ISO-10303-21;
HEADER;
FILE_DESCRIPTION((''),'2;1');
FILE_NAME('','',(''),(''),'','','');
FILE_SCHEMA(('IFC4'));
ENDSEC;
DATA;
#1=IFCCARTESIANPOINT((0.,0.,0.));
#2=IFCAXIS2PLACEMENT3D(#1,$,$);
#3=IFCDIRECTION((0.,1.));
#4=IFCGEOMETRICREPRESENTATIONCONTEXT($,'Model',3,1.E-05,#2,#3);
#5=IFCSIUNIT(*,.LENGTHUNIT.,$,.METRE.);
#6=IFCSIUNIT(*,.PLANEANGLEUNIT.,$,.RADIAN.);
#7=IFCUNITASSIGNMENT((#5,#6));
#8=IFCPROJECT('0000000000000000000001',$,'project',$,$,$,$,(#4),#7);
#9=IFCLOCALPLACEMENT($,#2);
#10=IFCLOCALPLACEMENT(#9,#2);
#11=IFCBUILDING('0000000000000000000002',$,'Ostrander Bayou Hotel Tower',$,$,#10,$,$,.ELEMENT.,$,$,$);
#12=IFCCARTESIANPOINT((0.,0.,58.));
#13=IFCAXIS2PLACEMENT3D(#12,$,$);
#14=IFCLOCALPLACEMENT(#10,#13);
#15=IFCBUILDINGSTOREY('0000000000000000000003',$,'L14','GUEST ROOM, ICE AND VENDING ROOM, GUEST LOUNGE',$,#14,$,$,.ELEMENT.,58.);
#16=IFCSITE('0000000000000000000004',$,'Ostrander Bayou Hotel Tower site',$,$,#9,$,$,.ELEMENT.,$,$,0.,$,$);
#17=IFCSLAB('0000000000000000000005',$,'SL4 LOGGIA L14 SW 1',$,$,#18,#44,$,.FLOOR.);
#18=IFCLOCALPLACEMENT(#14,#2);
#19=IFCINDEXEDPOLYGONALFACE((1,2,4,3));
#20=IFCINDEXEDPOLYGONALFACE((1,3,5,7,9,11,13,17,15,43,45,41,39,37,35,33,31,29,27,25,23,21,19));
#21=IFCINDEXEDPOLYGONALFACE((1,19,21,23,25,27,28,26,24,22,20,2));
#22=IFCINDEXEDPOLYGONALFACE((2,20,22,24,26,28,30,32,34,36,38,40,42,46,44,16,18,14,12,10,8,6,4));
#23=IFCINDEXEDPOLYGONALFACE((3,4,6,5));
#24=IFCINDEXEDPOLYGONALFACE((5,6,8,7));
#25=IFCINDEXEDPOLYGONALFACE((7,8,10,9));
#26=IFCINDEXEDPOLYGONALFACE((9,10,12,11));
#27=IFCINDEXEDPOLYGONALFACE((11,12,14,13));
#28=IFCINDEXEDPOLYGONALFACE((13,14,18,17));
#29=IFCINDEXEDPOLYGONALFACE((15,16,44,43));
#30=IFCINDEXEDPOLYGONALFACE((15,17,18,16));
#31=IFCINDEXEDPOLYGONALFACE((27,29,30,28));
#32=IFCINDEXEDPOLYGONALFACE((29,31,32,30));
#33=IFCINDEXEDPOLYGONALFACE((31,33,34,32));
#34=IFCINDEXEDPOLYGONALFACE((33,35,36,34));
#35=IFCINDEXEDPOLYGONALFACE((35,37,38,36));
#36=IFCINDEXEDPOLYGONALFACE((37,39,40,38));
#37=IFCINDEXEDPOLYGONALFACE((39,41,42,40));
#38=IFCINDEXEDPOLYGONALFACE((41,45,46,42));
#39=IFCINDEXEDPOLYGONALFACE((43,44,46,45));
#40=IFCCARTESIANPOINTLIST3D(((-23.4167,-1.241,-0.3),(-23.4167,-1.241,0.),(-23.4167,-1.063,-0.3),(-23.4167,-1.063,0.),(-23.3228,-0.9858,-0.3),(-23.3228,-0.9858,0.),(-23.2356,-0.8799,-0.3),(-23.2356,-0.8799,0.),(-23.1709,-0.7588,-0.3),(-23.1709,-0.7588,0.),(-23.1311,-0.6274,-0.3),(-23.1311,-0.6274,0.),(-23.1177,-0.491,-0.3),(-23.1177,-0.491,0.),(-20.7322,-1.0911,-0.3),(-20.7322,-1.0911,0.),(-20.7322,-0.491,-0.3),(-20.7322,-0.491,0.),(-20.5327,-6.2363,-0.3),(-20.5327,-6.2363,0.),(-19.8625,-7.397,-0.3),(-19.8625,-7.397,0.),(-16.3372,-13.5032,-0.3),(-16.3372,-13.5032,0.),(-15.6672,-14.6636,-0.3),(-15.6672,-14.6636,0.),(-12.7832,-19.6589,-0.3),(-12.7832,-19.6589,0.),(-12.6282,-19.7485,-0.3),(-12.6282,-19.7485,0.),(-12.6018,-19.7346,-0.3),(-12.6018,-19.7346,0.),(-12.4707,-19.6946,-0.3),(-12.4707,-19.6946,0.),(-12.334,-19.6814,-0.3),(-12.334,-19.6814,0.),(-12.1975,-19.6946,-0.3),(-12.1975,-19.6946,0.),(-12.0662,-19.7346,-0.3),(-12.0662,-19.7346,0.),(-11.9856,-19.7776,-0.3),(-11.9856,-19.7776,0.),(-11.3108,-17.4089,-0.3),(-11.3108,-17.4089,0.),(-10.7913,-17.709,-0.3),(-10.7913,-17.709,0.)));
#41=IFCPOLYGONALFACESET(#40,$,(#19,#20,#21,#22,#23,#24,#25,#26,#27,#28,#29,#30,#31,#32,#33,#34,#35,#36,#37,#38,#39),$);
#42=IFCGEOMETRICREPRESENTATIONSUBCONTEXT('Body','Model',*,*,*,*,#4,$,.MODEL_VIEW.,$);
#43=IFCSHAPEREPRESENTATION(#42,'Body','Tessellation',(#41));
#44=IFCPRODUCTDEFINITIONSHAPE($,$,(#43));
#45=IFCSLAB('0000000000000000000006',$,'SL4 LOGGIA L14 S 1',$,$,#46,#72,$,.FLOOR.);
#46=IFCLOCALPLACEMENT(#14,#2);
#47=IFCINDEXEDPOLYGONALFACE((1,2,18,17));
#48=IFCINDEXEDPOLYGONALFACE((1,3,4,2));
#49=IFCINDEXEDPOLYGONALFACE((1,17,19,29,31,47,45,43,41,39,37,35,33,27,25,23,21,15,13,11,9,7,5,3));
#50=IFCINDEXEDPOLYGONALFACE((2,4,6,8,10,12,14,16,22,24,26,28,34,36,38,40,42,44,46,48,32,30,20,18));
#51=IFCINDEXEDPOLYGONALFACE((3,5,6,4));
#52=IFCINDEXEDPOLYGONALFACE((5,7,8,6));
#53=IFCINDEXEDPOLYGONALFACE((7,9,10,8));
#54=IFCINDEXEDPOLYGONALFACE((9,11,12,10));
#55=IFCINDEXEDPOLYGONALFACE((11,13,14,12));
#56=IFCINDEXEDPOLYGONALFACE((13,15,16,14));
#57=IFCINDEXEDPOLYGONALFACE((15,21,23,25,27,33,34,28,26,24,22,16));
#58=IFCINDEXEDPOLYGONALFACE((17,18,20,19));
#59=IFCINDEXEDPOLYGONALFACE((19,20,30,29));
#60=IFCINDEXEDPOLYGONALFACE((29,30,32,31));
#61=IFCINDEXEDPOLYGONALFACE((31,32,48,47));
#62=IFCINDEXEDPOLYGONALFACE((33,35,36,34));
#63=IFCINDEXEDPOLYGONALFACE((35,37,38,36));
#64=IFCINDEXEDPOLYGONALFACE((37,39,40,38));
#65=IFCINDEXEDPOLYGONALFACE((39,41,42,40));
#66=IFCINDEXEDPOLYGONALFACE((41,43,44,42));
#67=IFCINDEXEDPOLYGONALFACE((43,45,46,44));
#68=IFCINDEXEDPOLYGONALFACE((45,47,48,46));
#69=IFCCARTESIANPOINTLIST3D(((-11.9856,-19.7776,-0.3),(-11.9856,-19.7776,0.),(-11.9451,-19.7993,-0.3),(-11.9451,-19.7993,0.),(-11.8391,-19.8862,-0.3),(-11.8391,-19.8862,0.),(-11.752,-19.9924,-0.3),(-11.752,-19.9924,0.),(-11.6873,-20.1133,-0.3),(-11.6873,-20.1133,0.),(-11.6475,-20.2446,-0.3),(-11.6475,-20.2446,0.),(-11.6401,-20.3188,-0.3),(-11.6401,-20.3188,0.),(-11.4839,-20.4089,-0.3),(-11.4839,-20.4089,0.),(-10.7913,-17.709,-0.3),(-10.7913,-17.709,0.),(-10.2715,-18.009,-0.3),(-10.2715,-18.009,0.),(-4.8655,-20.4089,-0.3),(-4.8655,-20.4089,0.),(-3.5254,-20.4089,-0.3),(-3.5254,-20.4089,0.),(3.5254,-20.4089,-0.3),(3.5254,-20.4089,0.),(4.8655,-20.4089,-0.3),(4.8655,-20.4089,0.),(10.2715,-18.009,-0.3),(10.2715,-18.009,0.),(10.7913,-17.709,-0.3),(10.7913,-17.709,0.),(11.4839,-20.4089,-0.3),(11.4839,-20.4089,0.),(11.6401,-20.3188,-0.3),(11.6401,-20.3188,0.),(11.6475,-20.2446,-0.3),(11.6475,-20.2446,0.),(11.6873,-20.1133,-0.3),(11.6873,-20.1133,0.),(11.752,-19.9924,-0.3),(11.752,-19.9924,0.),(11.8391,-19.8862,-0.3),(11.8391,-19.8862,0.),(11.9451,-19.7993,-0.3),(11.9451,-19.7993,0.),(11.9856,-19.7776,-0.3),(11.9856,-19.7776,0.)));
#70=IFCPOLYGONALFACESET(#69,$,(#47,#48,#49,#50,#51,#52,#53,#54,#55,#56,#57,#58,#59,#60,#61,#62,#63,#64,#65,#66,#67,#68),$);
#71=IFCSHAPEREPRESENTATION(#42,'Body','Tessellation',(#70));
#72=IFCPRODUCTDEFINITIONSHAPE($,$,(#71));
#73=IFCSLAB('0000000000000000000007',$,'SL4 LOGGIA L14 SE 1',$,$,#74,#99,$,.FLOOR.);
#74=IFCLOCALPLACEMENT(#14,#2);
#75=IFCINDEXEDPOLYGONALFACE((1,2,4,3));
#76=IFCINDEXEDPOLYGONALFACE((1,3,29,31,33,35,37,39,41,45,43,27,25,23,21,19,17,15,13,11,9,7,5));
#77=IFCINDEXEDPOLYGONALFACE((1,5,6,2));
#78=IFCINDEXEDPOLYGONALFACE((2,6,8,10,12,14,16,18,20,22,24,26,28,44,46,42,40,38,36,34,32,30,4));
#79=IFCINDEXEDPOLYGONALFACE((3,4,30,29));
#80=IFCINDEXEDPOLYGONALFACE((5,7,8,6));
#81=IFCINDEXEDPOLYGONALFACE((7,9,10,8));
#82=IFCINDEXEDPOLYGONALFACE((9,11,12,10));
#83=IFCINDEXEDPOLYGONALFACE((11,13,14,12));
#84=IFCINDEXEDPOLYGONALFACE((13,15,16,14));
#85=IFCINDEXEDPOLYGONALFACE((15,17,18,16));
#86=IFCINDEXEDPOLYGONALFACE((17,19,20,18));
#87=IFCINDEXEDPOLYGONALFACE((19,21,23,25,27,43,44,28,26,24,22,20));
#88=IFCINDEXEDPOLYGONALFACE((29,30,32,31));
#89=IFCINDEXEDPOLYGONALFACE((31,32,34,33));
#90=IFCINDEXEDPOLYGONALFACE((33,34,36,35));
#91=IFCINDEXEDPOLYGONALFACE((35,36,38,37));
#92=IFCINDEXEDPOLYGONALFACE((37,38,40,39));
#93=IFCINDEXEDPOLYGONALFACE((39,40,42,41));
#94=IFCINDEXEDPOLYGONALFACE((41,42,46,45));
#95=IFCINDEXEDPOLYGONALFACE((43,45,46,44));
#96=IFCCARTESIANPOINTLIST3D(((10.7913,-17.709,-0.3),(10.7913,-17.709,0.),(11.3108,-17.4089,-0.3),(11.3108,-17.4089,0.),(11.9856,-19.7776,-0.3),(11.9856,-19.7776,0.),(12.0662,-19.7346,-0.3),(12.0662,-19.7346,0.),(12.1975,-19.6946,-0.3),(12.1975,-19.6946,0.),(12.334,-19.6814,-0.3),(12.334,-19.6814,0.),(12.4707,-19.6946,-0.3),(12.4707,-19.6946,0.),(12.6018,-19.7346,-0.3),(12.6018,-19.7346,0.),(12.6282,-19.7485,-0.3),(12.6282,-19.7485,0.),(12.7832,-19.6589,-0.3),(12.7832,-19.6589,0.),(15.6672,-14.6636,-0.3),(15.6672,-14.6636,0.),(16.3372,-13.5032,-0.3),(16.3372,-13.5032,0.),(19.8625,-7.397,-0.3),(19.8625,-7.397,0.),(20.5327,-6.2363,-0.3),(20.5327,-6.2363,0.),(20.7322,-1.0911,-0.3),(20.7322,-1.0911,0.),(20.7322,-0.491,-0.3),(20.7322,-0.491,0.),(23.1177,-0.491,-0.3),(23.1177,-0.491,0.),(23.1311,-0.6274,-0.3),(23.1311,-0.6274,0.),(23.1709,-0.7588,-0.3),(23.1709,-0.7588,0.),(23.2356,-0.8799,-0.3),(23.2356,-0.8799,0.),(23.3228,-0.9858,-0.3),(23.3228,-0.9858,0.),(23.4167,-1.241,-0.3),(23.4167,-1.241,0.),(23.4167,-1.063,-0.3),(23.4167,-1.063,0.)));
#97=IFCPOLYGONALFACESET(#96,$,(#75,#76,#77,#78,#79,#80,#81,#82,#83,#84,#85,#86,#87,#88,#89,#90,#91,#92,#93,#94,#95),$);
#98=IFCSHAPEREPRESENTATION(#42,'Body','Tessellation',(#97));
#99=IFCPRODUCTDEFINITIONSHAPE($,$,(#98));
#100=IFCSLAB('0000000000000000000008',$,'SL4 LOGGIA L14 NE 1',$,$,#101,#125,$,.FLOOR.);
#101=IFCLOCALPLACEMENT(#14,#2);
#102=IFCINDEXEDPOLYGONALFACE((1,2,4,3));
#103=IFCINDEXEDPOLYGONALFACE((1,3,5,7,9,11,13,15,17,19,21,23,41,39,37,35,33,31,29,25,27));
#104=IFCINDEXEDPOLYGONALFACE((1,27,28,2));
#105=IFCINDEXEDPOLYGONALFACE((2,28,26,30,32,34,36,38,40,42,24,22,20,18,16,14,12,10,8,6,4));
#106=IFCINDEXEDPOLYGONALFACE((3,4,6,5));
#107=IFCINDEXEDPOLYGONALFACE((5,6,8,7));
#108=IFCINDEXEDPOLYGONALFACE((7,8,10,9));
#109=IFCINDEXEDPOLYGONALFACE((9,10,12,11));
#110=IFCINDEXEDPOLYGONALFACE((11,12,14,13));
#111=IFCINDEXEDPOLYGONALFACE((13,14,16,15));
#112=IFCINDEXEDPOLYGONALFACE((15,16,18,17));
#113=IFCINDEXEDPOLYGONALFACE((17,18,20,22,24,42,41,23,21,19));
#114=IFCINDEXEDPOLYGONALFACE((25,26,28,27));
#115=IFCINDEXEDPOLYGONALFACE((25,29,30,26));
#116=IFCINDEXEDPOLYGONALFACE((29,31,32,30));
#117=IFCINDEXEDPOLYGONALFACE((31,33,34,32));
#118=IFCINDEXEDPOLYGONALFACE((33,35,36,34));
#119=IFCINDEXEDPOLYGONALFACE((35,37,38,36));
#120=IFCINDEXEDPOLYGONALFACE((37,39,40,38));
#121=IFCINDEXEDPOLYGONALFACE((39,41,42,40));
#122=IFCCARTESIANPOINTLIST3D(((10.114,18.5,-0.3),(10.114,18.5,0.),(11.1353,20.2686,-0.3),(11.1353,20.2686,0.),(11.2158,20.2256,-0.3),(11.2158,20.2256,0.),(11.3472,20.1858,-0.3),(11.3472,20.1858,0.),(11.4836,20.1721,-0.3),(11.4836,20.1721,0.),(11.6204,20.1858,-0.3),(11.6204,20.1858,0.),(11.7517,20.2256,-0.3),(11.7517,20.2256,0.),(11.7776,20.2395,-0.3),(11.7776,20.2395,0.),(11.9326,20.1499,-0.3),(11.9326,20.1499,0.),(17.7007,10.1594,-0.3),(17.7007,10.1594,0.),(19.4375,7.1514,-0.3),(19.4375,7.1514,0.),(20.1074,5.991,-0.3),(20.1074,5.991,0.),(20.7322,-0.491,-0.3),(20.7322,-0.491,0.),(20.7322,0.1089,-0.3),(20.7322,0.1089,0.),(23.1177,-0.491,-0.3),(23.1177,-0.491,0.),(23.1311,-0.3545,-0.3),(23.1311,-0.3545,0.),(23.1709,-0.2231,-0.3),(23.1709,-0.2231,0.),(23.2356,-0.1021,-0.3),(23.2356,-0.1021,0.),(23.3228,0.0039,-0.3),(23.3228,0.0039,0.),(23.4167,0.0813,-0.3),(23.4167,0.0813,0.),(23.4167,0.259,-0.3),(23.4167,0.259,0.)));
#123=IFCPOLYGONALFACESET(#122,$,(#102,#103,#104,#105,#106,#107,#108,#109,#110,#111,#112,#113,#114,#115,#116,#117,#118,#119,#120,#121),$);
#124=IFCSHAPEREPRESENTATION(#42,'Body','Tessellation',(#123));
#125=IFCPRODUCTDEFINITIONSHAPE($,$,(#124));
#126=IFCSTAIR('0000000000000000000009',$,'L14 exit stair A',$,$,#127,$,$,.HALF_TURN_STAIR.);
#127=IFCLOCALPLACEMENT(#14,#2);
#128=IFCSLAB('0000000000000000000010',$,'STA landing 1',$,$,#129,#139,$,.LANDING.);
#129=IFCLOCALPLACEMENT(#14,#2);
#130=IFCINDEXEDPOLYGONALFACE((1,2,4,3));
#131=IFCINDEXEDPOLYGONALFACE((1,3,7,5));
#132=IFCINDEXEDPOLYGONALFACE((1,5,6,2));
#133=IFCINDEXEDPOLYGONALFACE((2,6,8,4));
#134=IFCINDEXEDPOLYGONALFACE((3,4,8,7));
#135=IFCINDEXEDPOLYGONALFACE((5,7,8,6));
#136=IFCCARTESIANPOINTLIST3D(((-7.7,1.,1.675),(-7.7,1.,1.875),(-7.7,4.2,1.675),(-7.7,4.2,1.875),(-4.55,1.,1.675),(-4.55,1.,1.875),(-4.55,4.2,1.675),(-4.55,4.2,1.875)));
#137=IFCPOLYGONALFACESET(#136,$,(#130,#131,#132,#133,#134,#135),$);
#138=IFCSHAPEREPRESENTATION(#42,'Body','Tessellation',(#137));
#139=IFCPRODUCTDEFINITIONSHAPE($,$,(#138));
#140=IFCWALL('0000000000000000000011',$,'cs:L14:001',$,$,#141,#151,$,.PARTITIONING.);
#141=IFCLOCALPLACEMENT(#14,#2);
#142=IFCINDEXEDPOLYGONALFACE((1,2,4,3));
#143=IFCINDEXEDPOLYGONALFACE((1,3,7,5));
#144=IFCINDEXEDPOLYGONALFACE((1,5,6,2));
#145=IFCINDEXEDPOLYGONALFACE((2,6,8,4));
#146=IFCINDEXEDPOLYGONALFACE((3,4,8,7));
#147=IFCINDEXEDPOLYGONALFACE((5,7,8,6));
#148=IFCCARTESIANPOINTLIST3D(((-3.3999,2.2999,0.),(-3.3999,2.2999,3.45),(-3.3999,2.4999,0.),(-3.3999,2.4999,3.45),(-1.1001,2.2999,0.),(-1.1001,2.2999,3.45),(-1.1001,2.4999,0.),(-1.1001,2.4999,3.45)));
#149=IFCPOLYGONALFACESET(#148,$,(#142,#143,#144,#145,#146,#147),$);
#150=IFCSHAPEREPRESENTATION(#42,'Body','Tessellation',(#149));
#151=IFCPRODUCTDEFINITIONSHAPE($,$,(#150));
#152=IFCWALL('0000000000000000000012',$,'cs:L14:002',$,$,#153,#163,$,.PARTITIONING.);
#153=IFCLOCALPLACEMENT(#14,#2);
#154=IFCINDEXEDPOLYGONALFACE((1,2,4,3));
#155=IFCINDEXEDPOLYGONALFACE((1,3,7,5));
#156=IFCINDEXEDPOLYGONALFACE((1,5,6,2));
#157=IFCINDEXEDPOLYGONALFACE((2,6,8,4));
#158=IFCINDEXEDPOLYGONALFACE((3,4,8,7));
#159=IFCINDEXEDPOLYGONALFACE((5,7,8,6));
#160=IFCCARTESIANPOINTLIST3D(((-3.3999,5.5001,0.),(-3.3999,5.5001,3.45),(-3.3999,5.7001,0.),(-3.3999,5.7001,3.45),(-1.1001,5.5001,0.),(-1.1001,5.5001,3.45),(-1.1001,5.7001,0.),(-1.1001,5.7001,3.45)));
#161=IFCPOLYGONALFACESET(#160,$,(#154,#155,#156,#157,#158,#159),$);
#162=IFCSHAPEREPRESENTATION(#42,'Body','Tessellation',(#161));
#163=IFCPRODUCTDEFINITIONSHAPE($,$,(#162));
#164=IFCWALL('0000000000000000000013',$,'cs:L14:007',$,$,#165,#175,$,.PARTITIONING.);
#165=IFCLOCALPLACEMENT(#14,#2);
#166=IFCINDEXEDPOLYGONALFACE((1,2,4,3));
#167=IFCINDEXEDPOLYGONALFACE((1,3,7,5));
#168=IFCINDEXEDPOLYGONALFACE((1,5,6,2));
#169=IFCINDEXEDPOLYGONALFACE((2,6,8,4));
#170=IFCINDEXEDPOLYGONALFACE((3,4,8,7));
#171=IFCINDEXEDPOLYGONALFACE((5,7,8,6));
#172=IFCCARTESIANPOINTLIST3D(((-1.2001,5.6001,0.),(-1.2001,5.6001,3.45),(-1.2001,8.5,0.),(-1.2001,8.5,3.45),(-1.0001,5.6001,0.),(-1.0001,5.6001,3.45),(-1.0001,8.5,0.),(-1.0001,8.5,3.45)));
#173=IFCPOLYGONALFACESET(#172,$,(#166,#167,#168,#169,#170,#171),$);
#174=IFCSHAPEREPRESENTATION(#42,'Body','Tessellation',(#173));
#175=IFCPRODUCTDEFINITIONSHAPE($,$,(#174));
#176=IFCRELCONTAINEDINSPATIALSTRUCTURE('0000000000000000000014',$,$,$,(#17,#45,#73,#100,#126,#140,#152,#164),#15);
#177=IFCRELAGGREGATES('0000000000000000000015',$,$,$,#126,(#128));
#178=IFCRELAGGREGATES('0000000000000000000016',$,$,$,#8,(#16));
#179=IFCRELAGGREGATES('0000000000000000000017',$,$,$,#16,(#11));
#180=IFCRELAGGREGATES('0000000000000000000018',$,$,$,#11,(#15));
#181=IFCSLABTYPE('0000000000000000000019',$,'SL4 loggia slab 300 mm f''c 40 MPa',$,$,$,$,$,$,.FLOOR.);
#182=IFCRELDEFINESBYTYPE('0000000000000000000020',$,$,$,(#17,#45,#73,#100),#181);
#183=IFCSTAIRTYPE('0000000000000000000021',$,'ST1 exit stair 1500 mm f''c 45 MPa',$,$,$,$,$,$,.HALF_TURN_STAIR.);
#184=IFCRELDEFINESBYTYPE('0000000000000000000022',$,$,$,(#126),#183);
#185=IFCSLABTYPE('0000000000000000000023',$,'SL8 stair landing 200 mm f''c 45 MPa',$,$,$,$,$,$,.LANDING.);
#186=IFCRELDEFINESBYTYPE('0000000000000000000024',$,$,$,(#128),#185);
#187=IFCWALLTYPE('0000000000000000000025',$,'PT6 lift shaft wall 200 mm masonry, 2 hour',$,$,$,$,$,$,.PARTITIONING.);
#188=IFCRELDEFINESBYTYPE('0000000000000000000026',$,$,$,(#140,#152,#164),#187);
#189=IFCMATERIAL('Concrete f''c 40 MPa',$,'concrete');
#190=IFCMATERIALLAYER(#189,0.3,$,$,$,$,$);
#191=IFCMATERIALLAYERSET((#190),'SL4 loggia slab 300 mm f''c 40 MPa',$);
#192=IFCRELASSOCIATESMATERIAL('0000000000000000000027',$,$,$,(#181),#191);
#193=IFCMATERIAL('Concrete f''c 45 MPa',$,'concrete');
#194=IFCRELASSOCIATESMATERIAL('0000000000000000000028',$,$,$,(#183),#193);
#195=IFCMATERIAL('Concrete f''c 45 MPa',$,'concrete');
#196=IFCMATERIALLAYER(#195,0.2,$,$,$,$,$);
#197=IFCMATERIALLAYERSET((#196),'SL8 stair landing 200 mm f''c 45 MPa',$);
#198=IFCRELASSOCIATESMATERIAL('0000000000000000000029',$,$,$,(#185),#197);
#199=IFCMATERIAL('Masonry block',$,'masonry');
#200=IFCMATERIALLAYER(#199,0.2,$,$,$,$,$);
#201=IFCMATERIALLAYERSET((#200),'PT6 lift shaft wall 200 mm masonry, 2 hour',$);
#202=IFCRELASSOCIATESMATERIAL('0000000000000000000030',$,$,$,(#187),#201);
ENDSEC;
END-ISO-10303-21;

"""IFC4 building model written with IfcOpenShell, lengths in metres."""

from ifc_helpers import new_model, si_unit, direction, frame, frame_2d, origin, place, context, subcontext, project, spatial, polyline, rectangle, outline, extrude, material, layer, layer_set, type_object, element, aggregate, save


model = new_model("IFC4")

# Units and contexts
model_context = context("Model", 3, precision=1e-05, world=origin(), true_north=direction((0.0, 1.0)))
body_context = subcontext(model_context, "Body", "Model", "MODEL_VIEW")
ifc_project = project(units=[si_unit("LENGTHUNIT", "METRE"), si_unit("PLANEANGLEUNIT", "RADIAN")], contexts=[model_context])

# Site, building, storey
site_placement = place(None, origin())
site = spatial("IfcSite", under=ifc_project, at=site_placement, Name="Ostrander Bayou Hotel Tower site", CompositionType="ELEMENT", RefElevation=0.0)
building_placement = place(site_placement, origin())
building = spatial("IfcBuilding", under=site, at=building_placement, Name="Ostrander Bayou Hotel Tower", CompositionType="ELEMENT")
storey_placement = place(building_placement, frame((0.0, 0.0, 58.0)))
storey = spatial("IfcBuildingStorey", under=building, at=storey_placement, Name="L14", Description="GUEST ROOM, ICE AND VENDING ROOM, GUEST LOUNGE", CompositionType="ELEMENT", Elevation=58.0)

# Slabs
ifc_material_1 = material(Name="Concrete f'c 40 MPa", Category="concrete")
ifc_layer_1 = layer(ifc_material_1, 0.3)
ifc_layer_set_1 = layer_set([ifc_layer_1], Name="SL4 loggia slab 300 mm f'c 40 MPa")
slab_type_1 = type_object("IfcSlabType", Name="SL4 loggia slab 300 mm f'c 40 MPa", PredefinedType="FLOOR", material=ifc_layer_set_1)
slab_1_placement = place(storey_placement, frame((0.0, 0.0, -0.3)))
element("IfcSlab", 1, at=slab_1_placement, inside=storey, type_object=slab_type_1, Name="SL4 LOGGIA L14 SW 1", PredefinedType="FLOOR", context=body_context, shape_type="SweptSolid", body=[
    extrude(outline(polyline([(-10.7913, -17.709), (-11.9856, -19.7776), (-12.0662, -19.7346), (-12.1975, -19.6946), (-12.334, -19.6814), (-12.4707, -19.6946), (-12.6018, -19.7346), (-12.6282, -19.7485), (-12.7832, -19.6589), (-15.6672, -14.6636), (-16.3372, -13.5032), (-19.8625, -7.397), (-20.5327, -6.2363), (-23.4167, -1.241), (-23.4167, -1.063), (-23.3228, -0.9858), (-23.2356, -0.8799), (-23.1709, -0.7588), (-23.1311, -0.6274), (-23.1177, -0.491), (-20.7322, -0.491), (-20.7322, -1.0911), (-11.3108, -17.4089), (-10.7913, -17.709)])), origin(), (0.0, 0.0, 1.0), 0.3),
])
slab_2_placement = place(storey_placement, frame((0.0, 0.0, -0.3)))
element("IfcSlab", 2, at=slab_2_placement, inside=storey, type_object=slab_type_1, Name="SL4 LOGGIA L14 S 1", PredefinedType="FLOOR", context=body_context, shape_type="SweptSolid", body=[
    extrude(outline(polyline([(10.7913, -17.709), (11.9856, -19.7776), (11.9451, -19.7993), (11.8391, -19.8862), (11.752, -19.9924), (11.6873, -20.1133), (11.6475, -20.2446), (11.6401, -20.3188), (11.4839, -20.4089), (4.8655, -20.4089), (3.5254, -20.4089), (-3.5254, -20.4089), (-4.8655, -20.4089), (-11.4839, -20.4089), (-11.6401, -20.3188), (-11.6475, -20.2446), (-11.6873, -20.1133), (-11.752, -19.9924), (-11.8391, -19.8862), (-11.9451, -19.7993), (-11.9856, -19.7776), (-10.7913, -17.709), (-10.2715, -18.009), (10.2715, -18.009), (10.7913, -17.709)])), origin(), (0.0, 0.0, 1.0), 0.3),
])
slab_3_placement = place(storey_placement, frame((0.0, 0.0, -0.3)))
element("IfcSlab", 3, at=slab_3_placement, inside=storey, type_object=slab_type_1, Name="SL4 LOGGIA L14 SE 1", PredefinedType="FLOOR", context=body_context, shape_type="SweptSolid", body=[
    extrude(outline(polyline([(20.7322, -0.491), (23.1177, -0.491), (23.1311, -0.6274), (23.1709, -0.7588), (23.2356, -0.8799), (23.3228, -0.9858), (23.4167, -1.063), (23.4167, -1.241), (20.5327, -6.2363), (19.8625, -7.397), (16.3372, -13.5032), (15.6672, -14.6636), (12.7832, -19.6589), (12.6282, -19.7485), (12.6018, -19.7346), (12.4707, -19.6946), (12.334, -19.6814), (12.1975, -19.6946), (12.0662, -19.7346), (11.9856, -19.7776), (10.7913, -17.709), (11.3108, -17.4089), (20.7322, -1.0911), (20.7322, -0.491)])), origin(), (0.0, 0.0, 1.0), 0.3),
])
slab_4_placement = place(storey_placement, frame((0.0, 0.0, -0.3)))
element("IfcSlab", 4, at=slab_4_placement, inside=storey, type_object=slab_type_1, Name="SL4 LOGGIA L14 NE 1", PredefinedType="FLOOR", context=body_context, shape_type="SweptSolid", body=[
    extrude(outline(polyline([(11.1353, 20.2686), (11.2158, 20.2256), (11.3472, 20.1858), (11.4836, 20.1721), (11.6204, 20.1858), (11.7517, 20.2256), (11.7776, 20.2395), (11.9326, 20.1499), (17.7007, 10.1594), (19.4375, 7.1514), (20.1074, 5.991), (23.4167, 0.259), (23.4167, 0.0813), (23.3228, 0.0039), (23.2356, -0.1021), (23.1709, -0.2231), (23.1311, -0.3545), (23.1177, -0.491), (20.7322, -0.491), (20.7322, 0.1089), (10.114, 18.5), (11.1353, 20.2686)])), origin(), (0.0, 0.0, 1.0), 0.3),
])

# Stair, slab
ifc_material_2 = material(Name="Concrete f'c 45 MPa", Category="concrete")
stair_type = type_object("IfcStairType", Name="ST1 exit stair 1500 mm f'c 45 MPa", PredefinedType="HALF_TURN_STAIR", material=ifc_material_2)
stair_placement = place(storey_placement, origin())
stair = element("IfcStair", 5, at=stair_placement, inside=storey, type_object=stair_type, Name="L14 exit stair A", PredefinedType="HALF_TURN_STAIR")
ifc_material_3 = material(Name="Concrete f'c 45 MPa", Category="concrete")
ifc_layer_2 = layer(ifc_material_3, 0.2)
ifc_layer_set_2 = layer_set([ifc_layer_2], Name="SL8 stair landing 200 mm f'c 45 MPa")
slab_type_2 = type_object("IfcSlabType", Name="SL8 stair landing 200 mm f'c 45 MPa", PredefinedType="LANDING", material=ifc_layer_set_2)
slab_5_placement = place(storey_placement, frame((0.0, 0.0, 1.675)))
slab_5 = element("IfcSlab", 6, at=slab_5_placement, type_object=slab_type_2, Name="STA landing 1", PredefinedType="LANDING", context=body_context, shape_type="SweptSolid", body=[
    extrude(outline(polyline([(-7.7, 4.2), (-7.7, 1.0), (-4.55, 1.0), (-4.55, 4.2), (-7.7, 4.2)])), origin(), (0.0, 0.0, 1.0), 0.2),
])

# Walls
ifc_material_4 = material(Name="Masonry block", Category="masonry")
ifc_layer_3 = layer(ifc_material_4, 0.2)
ifc_layer_set_3 = layer_set([ifc_layer_3], Name="PT6 lift shaft wall 200 mm masonry, 2 hour")
wall_type_1 = type_object("IfcWallType", Name="PT6 lift shaft wall 200 mm masonry, 2 hour", PredefinedType="PARTITIONING", material=ifc_layer_set_3)
for number, where, z_axis, x_axis, name in (
    (7, (-3.3999, 2.3999, 0.0), (0.0, 0.0, 1.0), (1.0, 0.0, 0.0), "cs:L14:001"),
    (8, (-3.3999, 5.6001, 0.0), (0.0, 0.0, 1.0), (1.0, 0.0, 0.0), "cs:L14:002"),
):
    element("IfcWall", number, at=place(storey_placement, frame(where, z_axis=z_axis, x_axis=x_axis)), inside=storey, type_object=wall_type_1, Name=name, PredefinedType="PARTITIONING", context=body_context, shape_type="SweptSolid", body=[
        extrude(rectangle(XDim=2.2998, YDim=0.2, at=frame_2d((1.1499, 0.0))), origin(), (0.0, 0.0, 1.0), 3.45),
    ])
wall_1_placement = place(storey_placement, frame((-1.1001, 5.6001, 0.0), z_axis=(0.0, 0.0, 1.0), x_axis=(0.0, 1.0, 0.0)))
element("IfcWall", 9, at=wall_1_placement, inside=storey, type_object=wall_type_1, Name="cs:L14:007", PredefinedType="PARTITIONING", context=body_context, shape_type="SweptSolid", body=[
    extrude(rectangle(XDim=2.8999, YDim=0.2, at=frame_2d((1.45, 0.0))), origin(), (0.0, 0.0, 1.0), 3.45),
])

aggregate(stair, [slab_5])

save(model, "model.ifc")
